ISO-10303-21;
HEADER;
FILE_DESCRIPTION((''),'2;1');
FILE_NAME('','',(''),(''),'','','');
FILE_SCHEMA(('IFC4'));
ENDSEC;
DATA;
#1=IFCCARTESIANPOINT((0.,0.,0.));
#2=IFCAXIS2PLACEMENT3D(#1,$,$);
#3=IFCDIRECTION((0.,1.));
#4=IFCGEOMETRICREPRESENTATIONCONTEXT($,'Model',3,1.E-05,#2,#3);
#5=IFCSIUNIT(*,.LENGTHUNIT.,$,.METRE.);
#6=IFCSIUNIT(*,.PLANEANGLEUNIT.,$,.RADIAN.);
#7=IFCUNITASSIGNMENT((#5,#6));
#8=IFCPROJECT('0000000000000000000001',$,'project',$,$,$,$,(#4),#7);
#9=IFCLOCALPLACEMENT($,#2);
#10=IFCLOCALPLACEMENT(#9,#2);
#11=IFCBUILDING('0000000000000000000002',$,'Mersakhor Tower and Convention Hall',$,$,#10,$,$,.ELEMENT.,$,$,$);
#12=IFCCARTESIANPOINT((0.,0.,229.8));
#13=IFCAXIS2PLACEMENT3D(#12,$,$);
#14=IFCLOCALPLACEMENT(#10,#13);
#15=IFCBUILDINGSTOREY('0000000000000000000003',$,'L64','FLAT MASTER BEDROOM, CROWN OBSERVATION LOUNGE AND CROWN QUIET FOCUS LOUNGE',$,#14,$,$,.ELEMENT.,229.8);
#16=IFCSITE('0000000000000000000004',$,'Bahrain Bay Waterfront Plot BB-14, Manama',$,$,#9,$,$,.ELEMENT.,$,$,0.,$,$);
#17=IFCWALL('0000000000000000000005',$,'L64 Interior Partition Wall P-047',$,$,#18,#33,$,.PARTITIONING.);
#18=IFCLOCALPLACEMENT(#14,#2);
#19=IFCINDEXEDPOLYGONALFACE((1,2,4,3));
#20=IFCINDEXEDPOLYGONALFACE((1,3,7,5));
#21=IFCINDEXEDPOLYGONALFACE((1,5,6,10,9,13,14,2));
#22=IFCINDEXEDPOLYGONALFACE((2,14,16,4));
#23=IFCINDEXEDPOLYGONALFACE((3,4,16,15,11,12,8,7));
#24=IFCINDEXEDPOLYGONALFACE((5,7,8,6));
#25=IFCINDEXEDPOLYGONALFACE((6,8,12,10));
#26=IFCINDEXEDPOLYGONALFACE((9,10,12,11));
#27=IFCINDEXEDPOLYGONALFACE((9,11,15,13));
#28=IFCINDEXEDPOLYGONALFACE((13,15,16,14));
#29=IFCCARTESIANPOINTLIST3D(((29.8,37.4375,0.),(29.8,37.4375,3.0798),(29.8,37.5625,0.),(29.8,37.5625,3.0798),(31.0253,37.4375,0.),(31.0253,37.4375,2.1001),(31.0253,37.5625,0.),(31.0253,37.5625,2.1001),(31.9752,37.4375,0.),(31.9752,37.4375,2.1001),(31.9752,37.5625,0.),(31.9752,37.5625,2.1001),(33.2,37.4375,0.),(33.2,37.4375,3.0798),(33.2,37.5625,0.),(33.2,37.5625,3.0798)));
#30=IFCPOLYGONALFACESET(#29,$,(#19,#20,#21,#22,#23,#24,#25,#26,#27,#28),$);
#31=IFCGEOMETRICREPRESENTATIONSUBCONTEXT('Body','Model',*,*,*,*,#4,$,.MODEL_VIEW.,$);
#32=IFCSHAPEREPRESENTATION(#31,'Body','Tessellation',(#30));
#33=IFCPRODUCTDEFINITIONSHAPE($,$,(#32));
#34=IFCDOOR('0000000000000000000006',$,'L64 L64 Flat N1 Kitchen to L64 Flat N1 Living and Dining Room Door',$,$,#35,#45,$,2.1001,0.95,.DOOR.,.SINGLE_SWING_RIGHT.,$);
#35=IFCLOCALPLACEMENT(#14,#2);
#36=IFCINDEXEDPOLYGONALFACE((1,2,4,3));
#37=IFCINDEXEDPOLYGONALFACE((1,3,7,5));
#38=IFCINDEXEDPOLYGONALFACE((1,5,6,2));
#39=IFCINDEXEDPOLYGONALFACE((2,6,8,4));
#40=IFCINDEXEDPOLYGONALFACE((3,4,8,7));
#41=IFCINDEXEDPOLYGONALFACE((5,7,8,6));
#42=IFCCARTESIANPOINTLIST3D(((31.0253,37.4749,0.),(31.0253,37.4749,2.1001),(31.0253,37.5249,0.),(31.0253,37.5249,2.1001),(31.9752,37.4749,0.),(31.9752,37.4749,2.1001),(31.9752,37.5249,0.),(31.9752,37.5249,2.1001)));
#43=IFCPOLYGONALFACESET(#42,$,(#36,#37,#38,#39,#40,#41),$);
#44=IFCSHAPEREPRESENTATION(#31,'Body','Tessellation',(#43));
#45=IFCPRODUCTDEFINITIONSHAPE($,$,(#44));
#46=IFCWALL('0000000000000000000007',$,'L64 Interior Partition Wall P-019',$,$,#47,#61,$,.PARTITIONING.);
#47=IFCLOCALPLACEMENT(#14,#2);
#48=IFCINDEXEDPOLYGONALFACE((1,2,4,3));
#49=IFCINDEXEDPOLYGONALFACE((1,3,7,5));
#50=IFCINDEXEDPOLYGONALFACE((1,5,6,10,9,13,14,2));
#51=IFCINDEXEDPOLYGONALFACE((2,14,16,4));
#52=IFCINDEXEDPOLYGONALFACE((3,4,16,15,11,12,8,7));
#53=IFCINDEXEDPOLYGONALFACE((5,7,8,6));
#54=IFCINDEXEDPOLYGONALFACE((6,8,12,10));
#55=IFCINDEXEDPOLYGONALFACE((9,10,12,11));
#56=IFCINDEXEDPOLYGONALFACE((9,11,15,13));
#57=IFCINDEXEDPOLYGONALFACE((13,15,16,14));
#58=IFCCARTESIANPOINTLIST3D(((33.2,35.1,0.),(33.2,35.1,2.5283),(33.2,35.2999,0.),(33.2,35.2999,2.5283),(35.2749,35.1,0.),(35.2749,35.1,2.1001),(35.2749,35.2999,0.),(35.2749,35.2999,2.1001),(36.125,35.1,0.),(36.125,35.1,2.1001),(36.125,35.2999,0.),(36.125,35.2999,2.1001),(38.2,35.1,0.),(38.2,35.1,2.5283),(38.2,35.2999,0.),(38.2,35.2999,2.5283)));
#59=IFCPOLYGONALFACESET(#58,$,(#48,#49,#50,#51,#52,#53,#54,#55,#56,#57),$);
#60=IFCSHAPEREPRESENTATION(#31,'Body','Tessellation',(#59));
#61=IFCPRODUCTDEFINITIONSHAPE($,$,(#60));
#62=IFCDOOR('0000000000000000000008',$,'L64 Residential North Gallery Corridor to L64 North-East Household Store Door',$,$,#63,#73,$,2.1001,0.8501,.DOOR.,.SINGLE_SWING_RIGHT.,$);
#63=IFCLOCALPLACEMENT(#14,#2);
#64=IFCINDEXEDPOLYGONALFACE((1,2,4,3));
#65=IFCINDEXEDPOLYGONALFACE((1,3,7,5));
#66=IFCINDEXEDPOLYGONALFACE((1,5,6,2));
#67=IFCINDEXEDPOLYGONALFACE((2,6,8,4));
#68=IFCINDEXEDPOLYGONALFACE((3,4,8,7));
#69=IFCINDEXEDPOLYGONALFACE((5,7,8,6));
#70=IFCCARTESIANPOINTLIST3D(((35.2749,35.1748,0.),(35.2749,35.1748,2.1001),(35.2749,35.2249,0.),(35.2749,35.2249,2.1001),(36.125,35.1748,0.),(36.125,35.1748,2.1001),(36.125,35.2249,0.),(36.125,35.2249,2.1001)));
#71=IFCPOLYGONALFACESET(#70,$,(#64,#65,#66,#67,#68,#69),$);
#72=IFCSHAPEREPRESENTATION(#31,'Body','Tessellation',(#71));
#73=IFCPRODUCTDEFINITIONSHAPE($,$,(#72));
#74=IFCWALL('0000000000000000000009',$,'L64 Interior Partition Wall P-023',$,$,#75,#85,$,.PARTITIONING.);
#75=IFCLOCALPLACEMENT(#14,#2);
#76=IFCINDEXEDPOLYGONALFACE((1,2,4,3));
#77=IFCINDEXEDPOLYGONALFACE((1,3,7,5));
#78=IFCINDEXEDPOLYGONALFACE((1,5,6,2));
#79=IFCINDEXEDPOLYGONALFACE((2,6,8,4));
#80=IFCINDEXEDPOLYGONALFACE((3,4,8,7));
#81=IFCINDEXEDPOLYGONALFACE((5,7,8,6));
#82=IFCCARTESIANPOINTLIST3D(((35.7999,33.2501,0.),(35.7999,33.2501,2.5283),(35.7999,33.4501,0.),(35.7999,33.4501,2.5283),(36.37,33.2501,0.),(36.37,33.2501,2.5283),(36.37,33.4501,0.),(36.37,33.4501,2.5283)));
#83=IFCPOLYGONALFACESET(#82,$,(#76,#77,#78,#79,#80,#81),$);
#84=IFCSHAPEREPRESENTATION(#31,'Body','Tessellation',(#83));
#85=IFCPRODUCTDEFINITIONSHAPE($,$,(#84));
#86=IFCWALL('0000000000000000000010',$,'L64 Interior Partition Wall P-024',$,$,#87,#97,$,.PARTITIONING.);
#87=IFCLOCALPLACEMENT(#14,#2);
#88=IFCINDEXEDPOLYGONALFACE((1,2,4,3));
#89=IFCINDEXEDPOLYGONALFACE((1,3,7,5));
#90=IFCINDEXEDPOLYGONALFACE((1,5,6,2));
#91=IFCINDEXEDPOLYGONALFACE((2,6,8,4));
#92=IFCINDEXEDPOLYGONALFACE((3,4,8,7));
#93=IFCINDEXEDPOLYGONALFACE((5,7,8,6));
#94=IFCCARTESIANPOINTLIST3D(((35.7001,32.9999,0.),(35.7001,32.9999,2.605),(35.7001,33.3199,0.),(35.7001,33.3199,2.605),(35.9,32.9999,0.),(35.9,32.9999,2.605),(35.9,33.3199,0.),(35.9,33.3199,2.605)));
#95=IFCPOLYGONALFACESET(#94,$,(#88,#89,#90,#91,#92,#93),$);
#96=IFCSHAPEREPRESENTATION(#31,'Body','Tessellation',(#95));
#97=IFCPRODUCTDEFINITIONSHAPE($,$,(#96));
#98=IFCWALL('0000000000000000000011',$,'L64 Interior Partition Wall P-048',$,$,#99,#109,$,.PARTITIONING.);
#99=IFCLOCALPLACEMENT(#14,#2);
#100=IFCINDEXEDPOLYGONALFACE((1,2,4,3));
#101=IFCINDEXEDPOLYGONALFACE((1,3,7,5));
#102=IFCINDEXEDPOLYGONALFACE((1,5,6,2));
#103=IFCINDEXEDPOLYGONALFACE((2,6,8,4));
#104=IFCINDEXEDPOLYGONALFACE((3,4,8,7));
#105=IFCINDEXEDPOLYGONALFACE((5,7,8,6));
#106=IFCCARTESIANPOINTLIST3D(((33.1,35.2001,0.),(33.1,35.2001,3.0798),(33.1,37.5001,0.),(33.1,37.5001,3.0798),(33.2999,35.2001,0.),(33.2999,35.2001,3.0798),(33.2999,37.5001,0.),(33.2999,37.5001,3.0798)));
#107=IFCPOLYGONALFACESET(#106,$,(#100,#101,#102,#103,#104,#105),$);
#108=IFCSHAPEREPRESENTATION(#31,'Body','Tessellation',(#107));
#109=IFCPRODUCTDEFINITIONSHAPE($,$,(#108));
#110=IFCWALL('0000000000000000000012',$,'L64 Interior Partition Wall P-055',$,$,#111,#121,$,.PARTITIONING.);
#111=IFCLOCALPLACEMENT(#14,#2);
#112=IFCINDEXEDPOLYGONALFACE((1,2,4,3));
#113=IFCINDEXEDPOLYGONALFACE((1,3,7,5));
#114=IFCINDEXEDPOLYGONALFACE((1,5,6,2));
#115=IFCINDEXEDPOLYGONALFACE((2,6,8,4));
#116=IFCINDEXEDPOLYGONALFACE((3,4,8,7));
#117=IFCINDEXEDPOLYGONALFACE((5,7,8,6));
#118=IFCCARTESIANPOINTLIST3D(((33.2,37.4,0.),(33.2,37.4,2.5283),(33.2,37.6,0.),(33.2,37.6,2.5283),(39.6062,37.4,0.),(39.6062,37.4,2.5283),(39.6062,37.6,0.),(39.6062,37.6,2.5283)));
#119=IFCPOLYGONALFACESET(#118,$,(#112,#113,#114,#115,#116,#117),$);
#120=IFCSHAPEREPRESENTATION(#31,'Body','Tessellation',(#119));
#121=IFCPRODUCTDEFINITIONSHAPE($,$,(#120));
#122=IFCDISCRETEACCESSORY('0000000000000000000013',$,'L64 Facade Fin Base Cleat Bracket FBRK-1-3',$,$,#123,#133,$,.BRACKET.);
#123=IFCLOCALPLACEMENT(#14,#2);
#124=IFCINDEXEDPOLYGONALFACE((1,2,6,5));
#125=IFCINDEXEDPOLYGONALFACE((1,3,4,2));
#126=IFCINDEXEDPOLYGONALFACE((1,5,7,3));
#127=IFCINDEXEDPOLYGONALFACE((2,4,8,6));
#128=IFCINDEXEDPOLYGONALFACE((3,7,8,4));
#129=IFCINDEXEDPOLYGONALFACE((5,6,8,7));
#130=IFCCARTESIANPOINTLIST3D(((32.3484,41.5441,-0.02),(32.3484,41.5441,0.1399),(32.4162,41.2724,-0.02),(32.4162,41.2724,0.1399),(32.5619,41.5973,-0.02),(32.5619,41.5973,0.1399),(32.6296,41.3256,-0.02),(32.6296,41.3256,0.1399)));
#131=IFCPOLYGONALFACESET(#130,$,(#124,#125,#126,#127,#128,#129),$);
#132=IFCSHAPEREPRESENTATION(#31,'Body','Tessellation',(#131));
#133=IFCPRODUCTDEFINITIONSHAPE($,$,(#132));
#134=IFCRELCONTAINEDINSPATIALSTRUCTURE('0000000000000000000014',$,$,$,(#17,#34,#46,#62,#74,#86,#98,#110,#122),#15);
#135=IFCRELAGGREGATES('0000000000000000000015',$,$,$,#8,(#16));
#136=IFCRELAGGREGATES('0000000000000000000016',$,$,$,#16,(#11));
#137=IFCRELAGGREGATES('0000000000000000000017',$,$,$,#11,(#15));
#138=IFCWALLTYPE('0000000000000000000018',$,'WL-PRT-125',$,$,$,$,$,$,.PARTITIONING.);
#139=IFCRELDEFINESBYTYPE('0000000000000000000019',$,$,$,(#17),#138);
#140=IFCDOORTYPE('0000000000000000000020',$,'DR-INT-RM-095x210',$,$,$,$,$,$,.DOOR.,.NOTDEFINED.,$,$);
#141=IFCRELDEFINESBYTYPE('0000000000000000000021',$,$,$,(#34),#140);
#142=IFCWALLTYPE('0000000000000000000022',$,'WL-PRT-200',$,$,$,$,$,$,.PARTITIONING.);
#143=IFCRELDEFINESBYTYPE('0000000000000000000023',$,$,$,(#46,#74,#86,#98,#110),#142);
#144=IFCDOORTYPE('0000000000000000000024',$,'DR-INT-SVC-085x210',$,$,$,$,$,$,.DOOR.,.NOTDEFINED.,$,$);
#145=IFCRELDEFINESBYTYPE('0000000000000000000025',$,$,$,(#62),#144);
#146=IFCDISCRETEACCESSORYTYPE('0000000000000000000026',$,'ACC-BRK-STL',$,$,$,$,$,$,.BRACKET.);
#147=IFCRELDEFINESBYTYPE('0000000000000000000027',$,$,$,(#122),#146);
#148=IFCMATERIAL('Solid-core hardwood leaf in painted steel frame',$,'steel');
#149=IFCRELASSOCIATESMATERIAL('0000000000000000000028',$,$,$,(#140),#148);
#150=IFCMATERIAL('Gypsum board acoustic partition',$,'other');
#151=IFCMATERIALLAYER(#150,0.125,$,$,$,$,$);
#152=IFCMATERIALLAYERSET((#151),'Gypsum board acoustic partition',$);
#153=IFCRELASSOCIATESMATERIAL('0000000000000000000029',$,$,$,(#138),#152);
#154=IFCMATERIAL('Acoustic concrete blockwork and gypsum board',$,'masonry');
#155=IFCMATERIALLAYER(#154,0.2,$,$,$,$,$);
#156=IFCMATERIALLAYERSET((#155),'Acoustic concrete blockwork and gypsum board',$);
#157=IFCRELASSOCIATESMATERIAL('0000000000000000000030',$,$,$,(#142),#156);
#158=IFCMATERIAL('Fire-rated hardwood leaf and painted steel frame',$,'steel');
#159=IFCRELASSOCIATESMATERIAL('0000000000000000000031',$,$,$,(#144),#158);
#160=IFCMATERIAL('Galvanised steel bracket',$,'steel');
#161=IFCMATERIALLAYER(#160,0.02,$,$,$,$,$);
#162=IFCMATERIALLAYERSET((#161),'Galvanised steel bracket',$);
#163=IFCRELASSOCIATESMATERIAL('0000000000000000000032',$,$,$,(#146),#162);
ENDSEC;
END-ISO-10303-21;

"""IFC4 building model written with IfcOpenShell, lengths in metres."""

from ifc_helpers import new_model, si_unit, direction, frame, frame_2d, origin, origin_2d, place, context, subcontext, project, spatial, rectangle, extrude, material, layer, layer_set, type_object, element, fill, save


model = new_model("IFC4")

# Units and contexts
model_context = context("Model", 3, precision=1e-05, world=origin(), true_north=direction((0.0, 1.0)))
body_context = subcontext(model_context, "Body", "Model", "MODEL_VIEW")
ifc_project = project(units=[si_unit("LENGTHUNIT", "METRE"), si_unit("PLANEANGLEUNIT", "RADIAN")], contexts=[model_context])

# Site, building, storey
site_placement = place(None, origin())
site = spatial("IfcSite", under=ifc_project, at=site_placement, Name="Bahrain Bay Waterfront Plot BB-14, Manama", CompositionType="ELEMENT", RefElevation=0.0)
building_placement = place(site_placement, origin())
building = spatial("IfcBuilding", under=site, at=building_placement, Name="Mersakhor Tower and Convention Hall", CompositionType="ELEMENT")
storey_placement = place(building_placement, frame((0.0, 0.0, 229.8)))
storey = spatial("IfcBuildingStorey", under=building, at=storey_placement, Name="L64", Description="FLAT MASTER BEDROOM, CROWN OBSERVATION LOUNGE AND CROWN QUIET FOCUS LOUNGE", CompositionType="ELEMENT", Elevation=229.8)

# Walls, openings, doors
ifc_material_1 = material(Name="Solid-core hardwood leaf in painted steel frame", Category="steel")
door_type_1 = type_object("IfcDoorType", Name="DR-INT-RM-095x210", OperationType="NOTDEFINED", PredefinedType="DOOR", material=ifc_material_1)
ifc_material_2 = material(Name="Gypsum board acoustic partition", Category="other")
ifc_layer_1 = layer(ifc_material_2, 0.125)
ifc_layer_set_1 = layer_set([ifc_layer_1], Name="Gypsum board acoustic partition")
wall_type_1 = type_object("IfcWallType", Name="WL-PRT-125", PredefinedType="PARTITIONING", material=ifc_layer_set_1)
wall_1_placement = place(storey_placement, frame((29.8, 37.5, 0.0), z_axis=(0.0, 0.0, 1.0), x_axis=(1.0, 0.0, 0.0)))
wall_1 = element("IfcWall", 1, at=wall_1_placement, inside=storey, type_object=wall_type_1, Name="L64 Interior Partition Wall P-047", PredefinedType="PARTITIONING", context=body_context, shape_type="SweptSolid", body=[
    extrude(rectangle(XDim=3.3999, YDim=0.125, at=frame_2d((1.7, 0.0))), origin(), (0.0, 0.0, 1.0), 3.0798),
])
opening_1_placement = place(wall_1_placement, frame((1.2251, 0.0, 0.0)))
opening_1 = element("IfcOpeningElement", 2, at=opening_1_placement, cuts=wall_1, PredefinedType="OPENING", context=body_context, shape_type="SweptSolid", body=[
    extrude(rectangle(XDim=0.95, YDim=2.1001, at=frame_2d((0.4751, 1.05))), frame((0.0, 0.0725, 0.0), z_axis=(0.0, -1.0, 0.0), x_axis=(1.0, 0.0, 0.0)), (0.0, 0.0, 1.0), 0.145),
])
door_1_placement = place(opening_1_placement, origin())
door_1 = element("IfcDoor", 3, at=door_1_placement, inside=storey, type_object=door_type_1, Name="L64 L64 Flat N1 Kitchen to L64 Flat N1 Living and Dining Room Door", OperationType="SINGLE_SWING_RIGHT", OverallHeight=2.1001, OverallWidth=0.95, PredefinedType="DOOR", context=body_context, shape_type="SweptSolid", body=[
    extrude(rectangle(XDim=0.95, YDim=2.1001, at=frame_2d((0.4751, 1.05))), frame((0.0, 0.0249, 0.0), z_axis=(0.0, -1.0, 0.0), x_axis=(1.0, 0.0, 0.0)), (0.0, 0.0, 1.0), 0.05),
])
fill(opening_1, door_1)
ifc_material_3 = material(Name="Acoustic concrete blockwork and gypsum board", Category="masonry")
ifc_layer_2 = layer(ifc_material_3, 0.2)
ifc_layer_set_2 = layer_set([ifc_layer_2], Name="Acoustic concrete blockwork and gypsum board")
wall_type_2 = type_object("IfcWallType", Name="WL-PRT-200", PredefinedType="PARTITIONING", material=ifc_layer_set_2)
wall_2_placement = place(storey_placement, frame((33.2, 35.2, 0.0), z_axis=(0.0, 0.0, 1.0), x_axis=(1.0, 0.0, 0.0)))
wall_2 = element("IfcWall", 4, at=wall_2_placement, inside=storey, type_object=wall_type_2, Name="L64 Interior Partition Wall P-019", PredefinedType="PARTITIONING", context=body_context, shape_type="SweptSolid", body=[
    extrude(rectangle(XDim=5.0, YDim=0.2, at=frame_2d((2.5, 0.0))), origin(), (0.0, 0.0, 1.0), 2.5283),
])
opening_2_placement = place(wall_2_placement, frame((2.075, 0.0, 0.0)))
opening_2 = element("IfcOpeningElement", 5, at=opening_2_placement, cuts=wall_2, PredefinedType="OPENING", context=body_context, shape_type="SweptSolid", body=[
    extrude(rectangle(XDim=0.8501, YDim=2.1001, at=frame_2d((0.425, 1.05))), frame((0.0, 0.1099, 0.0), z_axis=(0.0, -1.0, 0.0), x_axis=(1.0, 0.0, 0.0)), (0.0, 0.0, 1.0), 0.22),
])
ifc_material_4 = material(Name="Fire-rated hardwood leaf and painted steel frame", Category="steel")
door_type_2 = type_object("IfcDoorType", Name="DR-INT-SVC-085x210", OperationType="NOTDEFINED", PredefinedType="DOOR", material=ifc_material_4)
door_2_placement = place(opening_2_placement, origin())
door_2 = element("IfcDoor", 6, at=door_2_placement, inside=storey, type_object=door_type_2, Name="L64 Residential North Gallery Corridor to L64 North-East Household Store Door", OperationType="SINGLE_SWING_RIGHT", OverallHeight=2.1001, OverallWidth=0.8501, PredefinedType="DOOR", context=body_context, shape_type="SweptSolid", body=[
    extrude(rectangle(XDim=0.8501, YDim=2.1001, at=frame_2d((0.425, 1.05))), frame((0.0, 0.0249, 0.0), z_axis=(0.0, -1.0, 0.0), x_axis=(1.0, 0.0, 0.0)), (0.0, 0.0, 1.0), 0.05),
])
fill(opening_2, door_2)

# Walls
wall_3_placement = place(storey_placement, frame((36.3701, 33.3501, 0.0), z_axis=(0.0, 0.0, 1.0), x_axis=(-1.0, 0.0, 0.0)))
element("IfcWall", 7, at=wall_3_placement, inside=storey, type_object=wall_type_2, Name="L64 Interior Partition Wall P-023", PredefinedType="PARTITIONING", context=body_context, shape_type="SweptSolid", body=[
    extrude(rectangle(XDim=0.5701, YDim=0.2, at=frame_2d((0.2852, 0.0))), origin(), (0.0, 0.0, 1.0), 2.5283),
])
wall_4_placement = place(storey_placement, frame((35.8, 33.3201, 0.0), z_axis=(0.0, 0.0, 1.0), x_axis=(0.0, -1.0, 0.0)))
element("IfcWall", 8, at=wall_4_placement, inside=storey, type_object=wall_type_2, Name="L64 Interior Partition Wall P-024", PredefinedType="PARTITIONING", context=body_context, shape_type="SweptSolid", body=[
    extrude(rectangle(XDim=0.3201, YDim=0.2, at=frame_2d((0.1602, 0.0))), origin(), (0.0, 0.0, 1.0), 2.605),
])
wall_5_placement = place(storey_placement, frame((33.2, 37.5, 0.0), z_axis=(0.0, 0.0, 1.0), x_axis=(0.0, -1.0, 0.0)))
element("IfcWall", 9, at=wall_5_placement, inside=storey, type_object=wall_type_2, Name="L64 Interior Partition Wall P-048", PredefinedType="PARTITIONING", context=body_context, shape_type="SweptSolid", body=[
    extrude(rectangle(XDim=2.3, YDim=0.2, at=frame_2d((1.1499, 0.0))), origin(), (0.0, 0.0, 1.0), 3.0798),
])
wall_6_placement = place(storey_placement, frame((33.2, 37.5, 0.0), z_axis=(0.0, 0.0, 1.0), x_axis=(1.0, 0.0, 0.0)))
element("IfcWall", 10, at=wall_6_placement, inside=storey, type_object=wall_type_2, Name="L64 Interior Partition Wall P-055", PredefinedType="PARTITIONING", context=body_context, shape_type="SweptSolid", body=[
    extrude(rectangle(XDim=6.4062, YDim=0.2, at=frame_2d((3.2031, 0.0))), origin(), (0.0, 0.0, 1.0), 2.5283),
])

# Discrete accessory
ifc_material_5 = material(Name="Galvanised steel bracket", Category="steel")
ifc_layer_3 = layer(ifc_material_5, 0.02)
ifc_layer_set_3 = layer_set([ifc_layer_3], Name="Galvanised steel bracket")
discrete_accessory_type = type_object("IfcDiscreteAccessoryType", Name="ACC-BRK-STL", PredefinedType="BRACKET", material=ifc_layer_set_3)
discrete_accessory_placement = place(storey_placement, frame((32.489, 41.4348, -0.02), z_axis=(0.0, 0.0, 1.0), x_axis=(-0.241922, 0.970296, 0.0)))
element("IfcDiscreteAccessory", 11, at=discrete_accessory_placement, inside=storey, type_object=discrete_accessory_type, Name="L64 Facade Fin Base Cleat Bracket FBRK-1-3", PredefinedType="BRACKET", context=body_context, shape_type="SweptSolid", body=[
    extrude(rectangle(XDim=0.28, YDim=0.22, at=origin_2d()), origin(), (0.0, 0.0, 1.0), 0.1599),
])

save(model, "model.ifc")
